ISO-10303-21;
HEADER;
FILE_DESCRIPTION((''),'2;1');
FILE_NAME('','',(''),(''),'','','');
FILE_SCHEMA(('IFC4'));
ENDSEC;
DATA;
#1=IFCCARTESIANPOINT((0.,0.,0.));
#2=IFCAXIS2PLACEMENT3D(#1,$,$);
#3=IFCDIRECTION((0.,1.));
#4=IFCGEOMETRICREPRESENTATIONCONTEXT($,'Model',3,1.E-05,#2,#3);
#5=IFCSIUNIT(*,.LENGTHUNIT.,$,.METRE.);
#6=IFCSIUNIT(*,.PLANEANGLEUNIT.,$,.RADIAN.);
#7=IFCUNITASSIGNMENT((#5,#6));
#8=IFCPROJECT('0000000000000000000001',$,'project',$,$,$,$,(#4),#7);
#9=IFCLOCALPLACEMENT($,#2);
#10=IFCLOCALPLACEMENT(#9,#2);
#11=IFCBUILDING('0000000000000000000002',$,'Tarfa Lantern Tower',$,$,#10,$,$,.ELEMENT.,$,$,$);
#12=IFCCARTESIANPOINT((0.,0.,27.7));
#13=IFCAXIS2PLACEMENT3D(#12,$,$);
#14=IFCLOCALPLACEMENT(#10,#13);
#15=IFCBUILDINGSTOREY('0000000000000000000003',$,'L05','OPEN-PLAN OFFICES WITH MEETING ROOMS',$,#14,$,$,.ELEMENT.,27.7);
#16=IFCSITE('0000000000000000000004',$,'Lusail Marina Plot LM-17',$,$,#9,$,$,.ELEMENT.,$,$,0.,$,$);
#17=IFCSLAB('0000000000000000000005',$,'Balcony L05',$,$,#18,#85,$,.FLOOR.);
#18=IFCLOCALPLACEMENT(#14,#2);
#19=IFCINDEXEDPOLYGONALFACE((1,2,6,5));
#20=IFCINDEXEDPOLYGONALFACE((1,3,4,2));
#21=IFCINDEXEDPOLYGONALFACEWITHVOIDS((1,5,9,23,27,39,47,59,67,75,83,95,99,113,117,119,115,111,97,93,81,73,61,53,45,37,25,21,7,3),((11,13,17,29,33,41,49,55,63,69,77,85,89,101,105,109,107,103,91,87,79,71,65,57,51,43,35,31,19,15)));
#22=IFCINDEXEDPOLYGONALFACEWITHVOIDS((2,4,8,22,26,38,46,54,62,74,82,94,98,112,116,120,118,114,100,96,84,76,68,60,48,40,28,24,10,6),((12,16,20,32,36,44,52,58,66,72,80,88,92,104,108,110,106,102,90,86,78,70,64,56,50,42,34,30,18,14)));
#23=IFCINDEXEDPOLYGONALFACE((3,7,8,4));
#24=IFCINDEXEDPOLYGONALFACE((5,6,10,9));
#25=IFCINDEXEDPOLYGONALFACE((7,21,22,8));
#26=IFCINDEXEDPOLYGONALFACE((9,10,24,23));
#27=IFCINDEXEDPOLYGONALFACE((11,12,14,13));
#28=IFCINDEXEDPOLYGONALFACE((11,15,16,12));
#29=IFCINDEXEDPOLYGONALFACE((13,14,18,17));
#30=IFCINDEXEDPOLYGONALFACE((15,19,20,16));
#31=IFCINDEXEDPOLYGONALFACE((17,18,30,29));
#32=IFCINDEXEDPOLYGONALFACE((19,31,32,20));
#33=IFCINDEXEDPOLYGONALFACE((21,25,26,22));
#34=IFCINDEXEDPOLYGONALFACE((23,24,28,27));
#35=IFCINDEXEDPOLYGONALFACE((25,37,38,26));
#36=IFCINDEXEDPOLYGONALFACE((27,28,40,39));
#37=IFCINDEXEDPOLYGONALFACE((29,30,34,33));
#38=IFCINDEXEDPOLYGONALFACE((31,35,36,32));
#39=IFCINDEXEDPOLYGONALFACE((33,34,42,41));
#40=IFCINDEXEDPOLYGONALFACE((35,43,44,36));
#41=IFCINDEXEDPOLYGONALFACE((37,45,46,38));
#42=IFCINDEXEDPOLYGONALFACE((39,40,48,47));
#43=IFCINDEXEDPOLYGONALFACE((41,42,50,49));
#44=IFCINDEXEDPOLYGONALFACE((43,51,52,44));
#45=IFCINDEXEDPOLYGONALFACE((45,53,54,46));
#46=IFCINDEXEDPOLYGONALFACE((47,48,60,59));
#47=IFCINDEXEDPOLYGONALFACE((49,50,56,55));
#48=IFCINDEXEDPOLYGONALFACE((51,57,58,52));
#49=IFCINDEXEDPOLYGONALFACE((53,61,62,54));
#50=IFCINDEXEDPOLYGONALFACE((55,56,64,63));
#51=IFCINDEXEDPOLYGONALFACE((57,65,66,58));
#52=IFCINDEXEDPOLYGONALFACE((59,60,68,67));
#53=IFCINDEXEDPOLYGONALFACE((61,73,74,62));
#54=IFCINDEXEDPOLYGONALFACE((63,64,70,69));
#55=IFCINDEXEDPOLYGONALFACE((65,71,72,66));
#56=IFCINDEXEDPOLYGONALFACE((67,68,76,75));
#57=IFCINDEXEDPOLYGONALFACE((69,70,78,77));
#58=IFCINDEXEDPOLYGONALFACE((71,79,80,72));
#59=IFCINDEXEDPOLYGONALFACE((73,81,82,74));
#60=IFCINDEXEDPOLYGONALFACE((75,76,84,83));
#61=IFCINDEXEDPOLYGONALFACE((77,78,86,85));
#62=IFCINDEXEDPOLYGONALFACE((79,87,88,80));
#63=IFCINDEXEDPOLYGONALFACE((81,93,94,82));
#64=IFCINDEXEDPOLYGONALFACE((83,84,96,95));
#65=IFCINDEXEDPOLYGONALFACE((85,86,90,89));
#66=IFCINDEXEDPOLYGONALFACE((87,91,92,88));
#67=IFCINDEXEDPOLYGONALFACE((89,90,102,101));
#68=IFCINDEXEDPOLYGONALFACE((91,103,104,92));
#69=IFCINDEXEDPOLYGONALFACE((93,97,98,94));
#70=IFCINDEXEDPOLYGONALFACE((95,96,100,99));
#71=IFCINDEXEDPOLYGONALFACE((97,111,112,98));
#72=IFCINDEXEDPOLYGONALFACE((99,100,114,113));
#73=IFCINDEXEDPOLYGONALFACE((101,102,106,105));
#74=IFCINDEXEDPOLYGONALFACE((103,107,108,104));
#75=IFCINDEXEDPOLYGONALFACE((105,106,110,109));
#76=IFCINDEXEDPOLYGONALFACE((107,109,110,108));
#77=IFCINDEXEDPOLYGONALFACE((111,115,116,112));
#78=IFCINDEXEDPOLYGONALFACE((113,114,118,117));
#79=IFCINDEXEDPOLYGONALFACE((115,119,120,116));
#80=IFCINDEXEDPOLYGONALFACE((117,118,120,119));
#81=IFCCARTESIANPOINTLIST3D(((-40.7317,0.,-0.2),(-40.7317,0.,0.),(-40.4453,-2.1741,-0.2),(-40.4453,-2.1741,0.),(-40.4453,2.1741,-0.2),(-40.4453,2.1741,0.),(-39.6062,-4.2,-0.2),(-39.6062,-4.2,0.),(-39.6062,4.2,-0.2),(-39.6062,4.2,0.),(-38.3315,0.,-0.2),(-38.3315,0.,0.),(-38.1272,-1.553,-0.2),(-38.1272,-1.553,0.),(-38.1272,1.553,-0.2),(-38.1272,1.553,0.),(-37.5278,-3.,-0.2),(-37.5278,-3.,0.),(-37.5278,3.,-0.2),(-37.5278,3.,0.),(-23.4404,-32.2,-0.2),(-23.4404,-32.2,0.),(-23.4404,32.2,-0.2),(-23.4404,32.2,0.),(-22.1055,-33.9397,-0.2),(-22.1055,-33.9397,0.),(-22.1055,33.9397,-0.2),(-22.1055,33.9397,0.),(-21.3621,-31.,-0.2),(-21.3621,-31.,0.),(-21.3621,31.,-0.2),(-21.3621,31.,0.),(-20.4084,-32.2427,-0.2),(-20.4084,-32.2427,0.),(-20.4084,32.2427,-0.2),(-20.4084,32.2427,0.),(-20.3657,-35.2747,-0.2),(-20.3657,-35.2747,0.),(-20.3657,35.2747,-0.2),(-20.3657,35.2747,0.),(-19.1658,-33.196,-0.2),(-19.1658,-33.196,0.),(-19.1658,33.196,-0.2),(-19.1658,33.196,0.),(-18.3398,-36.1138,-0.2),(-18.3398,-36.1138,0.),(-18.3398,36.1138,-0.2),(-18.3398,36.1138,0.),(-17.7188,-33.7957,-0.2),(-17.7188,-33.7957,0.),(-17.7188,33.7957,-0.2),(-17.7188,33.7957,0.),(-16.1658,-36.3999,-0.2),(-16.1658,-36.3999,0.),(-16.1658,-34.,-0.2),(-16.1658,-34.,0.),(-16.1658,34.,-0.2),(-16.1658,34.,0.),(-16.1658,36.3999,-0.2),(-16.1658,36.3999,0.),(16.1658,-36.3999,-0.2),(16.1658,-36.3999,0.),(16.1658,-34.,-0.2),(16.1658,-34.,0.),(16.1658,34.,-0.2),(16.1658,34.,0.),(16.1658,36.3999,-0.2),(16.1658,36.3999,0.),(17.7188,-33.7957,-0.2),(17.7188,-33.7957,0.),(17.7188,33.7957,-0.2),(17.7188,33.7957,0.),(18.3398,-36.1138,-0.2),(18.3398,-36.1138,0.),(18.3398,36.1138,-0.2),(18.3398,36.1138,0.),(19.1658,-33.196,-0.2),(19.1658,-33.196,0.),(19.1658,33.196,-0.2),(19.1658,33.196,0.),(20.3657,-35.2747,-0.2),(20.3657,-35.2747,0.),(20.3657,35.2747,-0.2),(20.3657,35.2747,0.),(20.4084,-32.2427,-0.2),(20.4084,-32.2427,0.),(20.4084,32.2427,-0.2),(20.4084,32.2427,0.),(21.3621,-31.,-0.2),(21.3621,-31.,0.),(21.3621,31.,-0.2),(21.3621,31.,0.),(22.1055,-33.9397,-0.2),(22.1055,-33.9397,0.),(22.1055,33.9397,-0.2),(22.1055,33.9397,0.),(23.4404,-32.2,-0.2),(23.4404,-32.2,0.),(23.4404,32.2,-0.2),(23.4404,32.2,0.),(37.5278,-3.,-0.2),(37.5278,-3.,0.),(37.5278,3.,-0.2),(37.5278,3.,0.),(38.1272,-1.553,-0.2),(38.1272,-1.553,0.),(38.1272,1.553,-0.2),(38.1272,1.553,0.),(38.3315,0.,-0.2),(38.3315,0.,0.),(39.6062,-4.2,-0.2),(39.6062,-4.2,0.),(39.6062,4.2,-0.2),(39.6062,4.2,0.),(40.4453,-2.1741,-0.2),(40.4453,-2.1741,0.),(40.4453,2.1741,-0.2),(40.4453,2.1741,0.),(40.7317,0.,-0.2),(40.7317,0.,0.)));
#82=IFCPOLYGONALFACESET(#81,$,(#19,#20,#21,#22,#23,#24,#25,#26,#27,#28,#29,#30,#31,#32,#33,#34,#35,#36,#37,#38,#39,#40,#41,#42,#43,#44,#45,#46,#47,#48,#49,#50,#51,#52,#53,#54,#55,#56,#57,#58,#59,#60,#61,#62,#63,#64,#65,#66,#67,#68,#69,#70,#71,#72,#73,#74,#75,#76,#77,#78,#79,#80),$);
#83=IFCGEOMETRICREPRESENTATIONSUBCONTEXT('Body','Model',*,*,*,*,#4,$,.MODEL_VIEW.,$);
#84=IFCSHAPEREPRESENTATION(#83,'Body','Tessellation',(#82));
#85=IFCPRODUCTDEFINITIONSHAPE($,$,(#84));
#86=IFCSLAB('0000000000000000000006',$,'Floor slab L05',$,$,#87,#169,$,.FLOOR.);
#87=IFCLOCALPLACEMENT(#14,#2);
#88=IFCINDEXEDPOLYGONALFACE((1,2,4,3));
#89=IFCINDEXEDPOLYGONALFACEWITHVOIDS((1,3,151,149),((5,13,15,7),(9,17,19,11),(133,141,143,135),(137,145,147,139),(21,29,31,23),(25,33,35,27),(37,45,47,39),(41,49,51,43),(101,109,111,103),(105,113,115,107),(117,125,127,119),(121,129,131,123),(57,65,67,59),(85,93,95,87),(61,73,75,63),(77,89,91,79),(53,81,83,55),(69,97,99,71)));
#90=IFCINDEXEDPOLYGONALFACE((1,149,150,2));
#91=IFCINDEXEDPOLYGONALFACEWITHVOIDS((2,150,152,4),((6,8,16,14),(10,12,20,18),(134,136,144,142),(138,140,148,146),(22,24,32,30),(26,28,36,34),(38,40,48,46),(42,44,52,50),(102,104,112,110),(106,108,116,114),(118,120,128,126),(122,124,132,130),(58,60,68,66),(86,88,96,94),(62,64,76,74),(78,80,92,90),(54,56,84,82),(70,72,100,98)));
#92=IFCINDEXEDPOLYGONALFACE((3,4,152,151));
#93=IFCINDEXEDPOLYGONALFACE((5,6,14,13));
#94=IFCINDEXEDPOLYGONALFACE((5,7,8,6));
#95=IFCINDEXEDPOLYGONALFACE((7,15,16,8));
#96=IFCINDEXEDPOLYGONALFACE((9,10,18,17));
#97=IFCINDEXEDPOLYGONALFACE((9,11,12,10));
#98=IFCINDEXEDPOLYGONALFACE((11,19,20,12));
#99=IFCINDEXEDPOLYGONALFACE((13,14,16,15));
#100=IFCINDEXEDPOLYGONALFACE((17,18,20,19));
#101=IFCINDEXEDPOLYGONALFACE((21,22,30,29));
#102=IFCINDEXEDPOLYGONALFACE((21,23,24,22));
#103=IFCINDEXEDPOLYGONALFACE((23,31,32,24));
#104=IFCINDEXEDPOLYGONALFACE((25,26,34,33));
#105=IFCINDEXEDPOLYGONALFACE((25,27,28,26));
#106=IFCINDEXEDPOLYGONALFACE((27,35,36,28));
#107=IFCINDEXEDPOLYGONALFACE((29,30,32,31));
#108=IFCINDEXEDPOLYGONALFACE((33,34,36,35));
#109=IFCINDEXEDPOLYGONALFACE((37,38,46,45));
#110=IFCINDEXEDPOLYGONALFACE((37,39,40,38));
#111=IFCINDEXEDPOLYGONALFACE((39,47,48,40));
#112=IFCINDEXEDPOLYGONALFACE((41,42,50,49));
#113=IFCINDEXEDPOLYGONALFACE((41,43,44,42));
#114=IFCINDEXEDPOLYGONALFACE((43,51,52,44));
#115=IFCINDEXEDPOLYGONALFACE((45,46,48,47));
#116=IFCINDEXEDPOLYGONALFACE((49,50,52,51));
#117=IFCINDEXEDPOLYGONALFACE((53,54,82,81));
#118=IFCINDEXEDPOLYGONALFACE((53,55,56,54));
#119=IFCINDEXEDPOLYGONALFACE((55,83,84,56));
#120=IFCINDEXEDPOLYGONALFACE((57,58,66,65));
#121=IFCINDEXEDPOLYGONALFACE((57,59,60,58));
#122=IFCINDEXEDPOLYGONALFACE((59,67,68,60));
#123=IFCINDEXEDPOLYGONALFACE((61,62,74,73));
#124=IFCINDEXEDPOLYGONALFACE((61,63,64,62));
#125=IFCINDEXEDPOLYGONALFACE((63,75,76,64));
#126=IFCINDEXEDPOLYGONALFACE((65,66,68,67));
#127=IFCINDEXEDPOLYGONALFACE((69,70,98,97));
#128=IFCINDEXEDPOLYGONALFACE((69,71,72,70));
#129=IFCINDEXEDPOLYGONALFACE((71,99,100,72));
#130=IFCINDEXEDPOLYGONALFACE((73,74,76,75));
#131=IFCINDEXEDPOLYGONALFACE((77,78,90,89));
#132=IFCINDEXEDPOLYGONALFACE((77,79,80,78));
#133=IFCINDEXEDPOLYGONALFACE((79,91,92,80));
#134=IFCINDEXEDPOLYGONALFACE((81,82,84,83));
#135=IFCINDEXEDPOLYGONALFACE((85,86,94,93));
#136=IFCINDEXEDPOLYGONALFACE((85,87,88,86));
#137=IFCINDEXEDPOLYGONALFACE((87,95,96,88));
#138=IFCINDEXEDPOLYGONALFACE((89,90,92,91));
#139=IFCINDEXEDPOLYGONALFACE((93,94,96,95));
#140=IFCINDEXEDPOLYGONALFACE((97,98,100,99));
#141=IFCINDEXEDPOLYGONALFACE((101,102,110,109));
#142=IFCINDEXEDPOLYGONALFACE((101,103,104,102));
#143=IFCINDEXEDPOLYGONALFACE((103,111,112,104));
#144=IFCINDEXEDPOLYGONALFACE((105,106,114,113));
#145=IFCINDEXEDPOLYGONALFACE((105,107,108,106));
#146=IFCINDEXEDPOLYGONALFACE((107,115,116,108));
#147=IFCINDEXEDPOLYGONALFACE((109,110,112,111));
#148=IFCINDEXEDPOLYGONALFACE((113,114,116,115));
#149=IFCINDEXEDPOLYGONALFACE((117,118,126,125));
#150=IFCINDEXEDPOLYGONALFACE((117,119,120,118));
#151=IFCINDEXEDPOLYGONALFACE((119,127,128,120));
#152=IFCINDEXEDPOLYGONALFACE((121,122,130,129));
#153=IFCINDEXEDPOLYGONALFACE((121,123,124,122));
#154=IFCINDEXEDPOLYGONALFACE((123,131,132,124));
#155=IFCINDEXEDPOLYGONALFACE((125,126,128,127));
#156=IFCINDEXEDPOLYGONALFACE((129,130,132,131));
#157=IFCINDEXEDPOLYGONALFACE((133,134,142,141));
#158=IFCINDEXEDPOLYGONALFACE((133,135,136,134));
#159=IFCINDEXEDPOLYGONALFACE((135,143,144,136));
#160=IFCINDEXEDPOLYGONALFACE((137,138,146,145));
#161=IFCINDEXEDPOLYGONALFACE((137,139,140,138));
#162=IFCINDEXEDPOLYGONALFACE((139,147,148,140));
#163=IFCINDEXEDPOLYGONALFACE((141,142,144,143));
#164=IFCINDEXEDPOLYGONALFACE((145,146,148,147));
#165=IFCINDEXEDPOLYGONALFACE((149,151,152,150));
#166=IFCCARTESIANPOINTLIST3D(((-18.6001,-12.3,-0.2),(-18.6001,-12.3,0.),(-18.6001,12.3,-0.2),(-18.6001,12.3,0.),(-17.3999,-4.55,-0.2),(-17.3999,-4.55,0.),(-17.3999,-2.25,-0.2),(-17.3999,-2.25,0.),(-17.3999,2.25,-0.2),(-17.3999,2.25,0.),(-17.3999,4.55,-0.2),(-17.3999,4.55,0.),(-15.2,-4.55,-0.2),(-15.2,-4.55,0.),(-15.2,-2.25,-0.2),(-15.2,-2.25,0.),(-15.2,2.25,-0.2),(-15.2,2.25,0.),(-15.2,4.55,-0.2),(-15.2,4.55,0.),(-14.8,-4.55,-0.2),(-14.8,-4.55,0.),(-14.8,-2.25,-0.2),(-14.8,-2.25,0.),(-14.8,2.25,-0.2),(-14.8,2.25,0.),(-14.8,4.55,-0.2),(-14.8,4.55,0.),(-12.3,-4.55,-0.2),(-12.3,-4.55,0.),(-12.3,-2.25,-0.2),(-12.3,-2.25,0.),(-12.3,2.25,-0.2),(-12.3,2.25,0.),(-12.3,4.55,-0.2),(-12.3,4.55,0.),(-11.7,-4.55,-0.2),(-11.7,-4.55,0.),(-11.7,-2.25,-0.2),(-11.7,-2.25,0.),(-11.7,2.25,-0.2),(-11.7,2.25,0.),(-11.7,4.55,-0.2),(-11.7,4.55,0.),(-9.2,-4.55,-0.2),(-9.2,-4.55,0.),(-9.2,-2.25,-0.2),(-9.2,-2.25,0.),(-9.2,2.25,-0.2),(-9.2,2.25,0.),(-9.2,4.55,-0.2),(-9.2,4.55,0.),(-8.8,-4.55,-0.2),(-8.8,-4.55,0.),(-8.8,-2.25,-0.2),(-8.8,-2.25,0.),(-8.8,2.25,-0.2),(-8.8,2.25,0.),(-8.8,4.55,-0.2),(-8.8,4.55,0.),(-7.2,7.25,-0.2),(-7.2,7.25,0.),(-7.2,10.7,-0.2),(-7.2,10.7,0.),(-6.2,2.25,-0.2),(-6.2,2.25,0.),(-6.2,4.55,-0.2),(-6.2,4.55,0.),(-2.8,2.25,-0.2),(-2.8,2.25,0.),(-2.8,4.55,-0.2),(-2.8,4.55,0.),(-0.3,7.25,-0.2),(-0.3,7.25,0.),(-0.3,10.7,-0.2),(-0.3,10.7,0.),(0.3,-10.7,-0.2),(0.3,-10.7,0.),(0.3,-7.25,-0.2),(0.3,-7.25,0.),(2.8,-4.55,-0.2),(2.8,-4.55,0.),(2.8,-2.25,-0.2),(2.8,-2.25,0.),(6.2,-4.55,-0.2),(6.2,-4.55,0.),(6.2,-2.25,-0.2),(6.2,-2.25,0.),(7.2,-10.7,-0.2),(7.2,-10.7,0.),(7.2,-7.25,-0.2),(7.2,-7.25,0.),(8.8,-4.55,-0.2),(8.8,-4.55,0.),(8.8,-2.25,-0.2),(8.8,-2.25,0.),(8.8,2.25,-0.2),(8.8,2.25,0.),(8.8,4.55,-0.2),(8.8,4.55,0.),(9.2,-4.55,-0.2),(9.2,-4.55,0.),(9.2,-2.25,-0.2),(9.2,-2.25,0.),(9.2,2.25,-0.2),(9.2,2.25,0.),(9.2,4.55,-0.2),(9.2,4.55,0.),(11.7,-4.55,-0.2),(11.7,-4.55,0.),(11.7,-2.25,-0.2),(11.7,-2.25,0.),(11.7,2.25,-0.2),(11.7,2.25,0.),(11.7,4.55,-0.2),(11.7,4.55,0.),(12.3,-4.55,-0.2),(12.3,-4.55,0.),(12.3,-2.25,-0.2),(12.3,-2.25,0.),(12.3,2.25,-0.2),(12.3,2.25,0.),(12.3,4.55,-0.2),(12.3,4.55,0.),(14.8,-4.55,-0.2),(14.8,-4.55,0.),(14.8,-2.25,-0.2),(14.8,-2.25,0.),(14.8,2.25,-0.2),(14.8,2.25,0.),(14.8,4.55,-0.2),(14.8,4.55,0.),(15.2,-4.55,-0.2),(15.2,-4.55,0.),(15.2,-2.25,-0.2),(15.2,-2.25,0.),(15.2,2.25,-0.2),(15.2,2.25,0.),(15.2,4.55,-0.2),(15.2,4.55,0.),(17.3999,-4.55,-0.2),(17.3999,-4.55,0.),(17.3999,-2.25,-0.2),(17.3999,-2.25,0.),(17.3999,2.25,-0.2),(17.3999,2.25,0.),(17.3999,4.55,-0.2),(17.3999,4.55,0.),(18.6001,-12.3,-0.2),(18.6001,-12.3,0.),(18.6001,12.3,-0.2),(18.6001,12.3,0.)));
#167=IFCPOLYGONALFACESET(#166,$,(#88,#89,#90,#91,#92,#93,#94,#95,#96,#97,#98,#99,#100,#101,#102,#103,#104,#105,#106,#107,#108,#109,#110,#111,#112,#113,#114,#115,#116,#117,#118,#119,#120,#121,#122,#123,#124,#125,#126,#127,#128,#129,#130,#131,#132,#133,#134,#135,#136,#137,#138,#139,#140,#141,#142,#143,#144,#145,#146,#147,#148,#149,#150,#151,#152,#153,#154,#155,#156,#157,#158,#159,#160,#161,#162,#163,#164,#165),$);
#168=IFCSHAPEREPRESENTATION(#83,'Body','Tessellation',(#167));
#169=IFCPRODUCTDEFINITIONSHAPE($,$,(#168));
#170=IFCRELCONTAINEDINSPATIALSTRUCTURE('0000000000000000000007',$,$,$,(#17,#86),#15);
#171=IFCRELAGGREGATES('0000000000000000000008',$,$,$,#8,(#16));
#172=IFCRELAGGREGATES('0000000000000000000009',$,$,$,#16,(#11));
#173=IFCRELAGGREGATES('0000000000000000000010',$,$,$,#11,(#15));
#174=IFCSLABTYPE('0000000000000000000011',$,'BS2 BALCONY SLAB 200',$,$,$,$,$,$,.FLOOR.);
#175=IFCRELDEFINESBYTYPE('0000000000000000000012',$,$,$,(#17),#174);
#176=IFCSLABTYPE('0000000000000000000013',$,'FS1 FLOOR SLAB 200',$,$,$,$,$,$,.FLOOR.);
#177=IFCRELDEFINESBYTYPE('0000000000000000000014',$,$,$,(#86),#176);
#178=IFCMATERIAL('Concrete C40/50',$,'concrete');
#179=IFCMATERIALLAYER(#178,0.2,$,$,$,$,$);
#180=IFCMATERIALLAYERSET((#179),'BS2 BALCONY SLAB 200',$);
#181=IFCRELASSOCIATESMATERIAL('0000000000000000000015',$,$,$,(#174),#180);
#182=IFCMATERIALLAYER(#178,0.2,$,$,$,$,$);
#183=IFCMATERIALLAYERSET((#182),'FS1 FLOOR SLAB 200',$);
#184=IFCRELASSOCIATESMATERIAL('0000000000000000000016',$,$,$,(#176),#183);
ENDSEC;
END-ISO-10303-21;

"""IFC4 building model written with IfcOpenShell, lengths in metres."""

from ifc_helpers import new_model, si_unit, direction, frame, origin, place, context, subcontext, project, spatial, polyline, outline, extrude, material, layer, layer_set, type_object, element, save


model = new_model("IFC4")

# Units and contexts
model_context = context("Model", 3, precision=1e-05, world=origin(), true_north=direction((0.0, 1.0)))
body_context = subcontext(model_context, "Body", "Model", "MODEL_VIEW")
ifc_project = project(units=[si_unit("LENGTHUNIT", "METRE"), si_unit("PLANEANGLEUNIT", "RADIAN")], contexts=[model_context])

# Site, building, storey
site_placement = place(None, origin())
site = spatial("IfcSite", under=ifc_project, at=site_placement, Name="Lusail Marina Plot LM-17", CompositionType="ELEMENT", RefElevation=0.0)
building_placement = place(site_placement, origin())
building = spatial("IfcBuilding", under=site, at=building_placement, Name="Tarfa Lantern Tower", CompositionType="ELEMENT")
storey_placement = place(building_placement, frame((0.0, 0.0, 27.7)))
storey = spatial("IfcBuildingStorey", under=building, at=storey_placement, Name="L05", Description="OPEN-PLAN OFFICES WITH MEETING ROOMS", CompositionType="ELEMENT", Elevation=27.7)

# Slabs
ifc_material_1 = material(Name="Concrete C40/50", Category="concrete")
ifc_layer_1 = layer(ifc_material_1, 0.2)
ifc_layer_set_1 = layer_set([ifc_layer_1], Name="BS2 BALCONY SLAB 200")
slab_type_1 = type_object("IfcSlabType", Name="BS2 BALCONY SLAB 200", PredefinedType="FLOOR", material=ifc_layer_set_1)
slab_1_placement = place(storey_placement, frame((0.0, 0.0, -0.2)))
element("IfcSlab", 1, at=slab_1_placement, inside=storey, type_object=slab_type_1, Name="Balcony L05", PredefinedType="FLOOR", context=body_context, shape_type="SweptSolid", body=[
    extrude(outline(polyline([(39.6062, 4.2), (23.4404, 32.2), (22.1055, 33.9397), (20.3657, 35.2747), (18.3398, 36.1138), (16.1658, 36.3999), (-16.1658, 36.3999), (-18.3398, 36.1138), (-20.3657, 35.2747), (-22.1055, 33.9397), (-23.4404, 32.2), (-39.6062, 4.2), (-40.4453, 2.1741), (-40.7317, 0.0), (-40.4453, -2.1741), (-39.6062, -4.2), (-23.4404, -32.2), (-22.1055, -33.9397), (-20.3657, -35.2747), (-18.3398, -36.1138), (-16.1658, -36.3999), (16.1658, -36.3999), (18.3398, -36.1138), (20.3657, -35.2747), (22.1055, -33.9397), (23.4404, -32.2), (39.6062, -4.2), (40.4453, -2.1741), (40.7317, 0.0), (40.4453, 2.1741), (39.6062, 4.2)]), holes=[polyline([(37.5278, 3.0), (21.3621, 31.0), (20.4084, 32.2427), (19.1658, 33.196), (17.7188, 33.7957), (16.1658, 34.0), (-16.1658, 34.0), (-17.7188, 33.7957), (-19.1658, 33.196), (-20.4084, 32.2427), (-21.3621, 31.0), (-37.5278, 3.0), (-38.1272, 1.553), (-38.3315, 0.0), (-38.1272, -1.553), (-37.5278, -3.0), (-21.3621, -31.0), (-20.4084, -32.2427), (-19.1658, -33.196), (-17.7188, -33.7957), (-16.1658, -34.0), (16.1658, -34.0), (17.7188, -33.7957), (19.1658, -33.196), (20.4084, -32.2427), (21.3621, -31.0), (37.5278, -3.0), (38.1272, -1.553), (38.3315, 0.0), (38.1272, 1.553), (37.5278, 3.0)])]), origin(), (0.0, 0.0, 1.0), 0.2),
])
ifc_layer_2 = layer(ifc_material_1, 0.2)
ifc_layer_set_2 = layer_set([ifc_layer_2], Name="FS1 FLOOR SLAB 200")
slab_type_2 = type_object("IfcSlabType", Name="FS1 FLOOR SLAB 200", PredefinedType="FLOOR", material=ifc_layer_set_2)
slab_2_placement = place(storey_placement, frame((0.0, 0.0, -0.2)))
element("IfcSlab", 2, at=slab_2_placement, inside=storey, type_object=slab_type_2, Name="Floor slab L05", PredefinedType="FLOOR", context=body_context, shape_type="SweptSolid", body=[
    extrude(outline(polyline([(-18.6001, -12.3), (18.6001, -12.3), (18.6001, 12.3), (-18.6001, 12.3), (-18.6001, -12.3)]), holes=[polyline([(-17.3999, 2.25), (-15.2, 2.25), (-15.2, 4.55), (-17.3999, 4.55), (-17.3999, 2.25)]), polyline([(-14.8, 2.25), (-12.3, 2.25), (-12.3, 4.55), (-14.8, 4.55), (-14.8, 2.25)]), polyline([(-11.7, 2.25), (-9.2, 2.25), (-9.2, 4.55), (-11.7, 4.55), (-11.7, 2.25)]), polyline([(-8.8, 2.25), (-6.2, 2.25), (-6.2, 4.55), (-8.8, 4.55), (-8.8, 2.25)]), polyline([(-2.8, 2.25), (8.8, 2.25), (8.8, 4.55), (-2.8, 4.55), (-2.8, 2.25)]), polyline([(9.2, 2.25), (11.7, 2.25), (11.7, 4.55), (9.2, 4.55), (9.2, 2.25)]), polyline([(12.3, 2.25), (14.8, 2.25), (14.8, 4.55), (12.3, 4.55), (12.3, 2.25)]), polyline([(15.2, 2.25), (17.3999, 2.25), (17.3999, 4.55), (15.2, 4.55), (15.2, 2.25)]), polyline([(17.3999, -2.25), (15.2, -2.25), (15.2, -4.55), (17.3999, -4.55), (17.3999, -2.25)]), polyline([(14.8, -2.25), (12.3, -2.25), (12.3, -4.55), (14.8, -4.55), (14.8, -2.25)]), polyline([(11.7, -2.25), (9.2, -2.25), (9.2, -4.55), (11.7, -4.55), (11.7, -2.25)]), polyline([(8.8, -2.25), (6.2, -2.25), (6.2, -4.55), (8.8, -4.55), (8.8, -2.25)]), polyline([(2.8, -2.25), (-8.8, -2.25), (-8.8, -4.55), (2.8, -4.55), (2.8, -2.25)]), polyline([(-9.2, -2.25), (-11.7, -2.25), (-11.7, -4.55), (-9.2, -4.55), (-9.2, -2.25)]), polyline([(-12.3, -2.25), (-14.8, -2.25), (-14.8, -4.55), (-12.3, -4.55), (-12.3, -2.25)]), polyline([(-15.2, -2.25), (-17.3999, -2.25), (-17.3999, -4.55), (-15.2, -4.55), (-15.2, -2.25)]), polyline([(-7.2, 7.25), (-0.3, 7.25), (-0.3, 10.7), (-7.2, 10.7), (-7.2, 7.25)]), polyline([(7.2, -7.25), (0.3, -7.25), (0.3, -10.7), (7.2, -10.7), (7.2, -7.25)])]), origin(), (0.0, 0.0, 1.0), 0.2),
])

save(model, "model.ifc")
